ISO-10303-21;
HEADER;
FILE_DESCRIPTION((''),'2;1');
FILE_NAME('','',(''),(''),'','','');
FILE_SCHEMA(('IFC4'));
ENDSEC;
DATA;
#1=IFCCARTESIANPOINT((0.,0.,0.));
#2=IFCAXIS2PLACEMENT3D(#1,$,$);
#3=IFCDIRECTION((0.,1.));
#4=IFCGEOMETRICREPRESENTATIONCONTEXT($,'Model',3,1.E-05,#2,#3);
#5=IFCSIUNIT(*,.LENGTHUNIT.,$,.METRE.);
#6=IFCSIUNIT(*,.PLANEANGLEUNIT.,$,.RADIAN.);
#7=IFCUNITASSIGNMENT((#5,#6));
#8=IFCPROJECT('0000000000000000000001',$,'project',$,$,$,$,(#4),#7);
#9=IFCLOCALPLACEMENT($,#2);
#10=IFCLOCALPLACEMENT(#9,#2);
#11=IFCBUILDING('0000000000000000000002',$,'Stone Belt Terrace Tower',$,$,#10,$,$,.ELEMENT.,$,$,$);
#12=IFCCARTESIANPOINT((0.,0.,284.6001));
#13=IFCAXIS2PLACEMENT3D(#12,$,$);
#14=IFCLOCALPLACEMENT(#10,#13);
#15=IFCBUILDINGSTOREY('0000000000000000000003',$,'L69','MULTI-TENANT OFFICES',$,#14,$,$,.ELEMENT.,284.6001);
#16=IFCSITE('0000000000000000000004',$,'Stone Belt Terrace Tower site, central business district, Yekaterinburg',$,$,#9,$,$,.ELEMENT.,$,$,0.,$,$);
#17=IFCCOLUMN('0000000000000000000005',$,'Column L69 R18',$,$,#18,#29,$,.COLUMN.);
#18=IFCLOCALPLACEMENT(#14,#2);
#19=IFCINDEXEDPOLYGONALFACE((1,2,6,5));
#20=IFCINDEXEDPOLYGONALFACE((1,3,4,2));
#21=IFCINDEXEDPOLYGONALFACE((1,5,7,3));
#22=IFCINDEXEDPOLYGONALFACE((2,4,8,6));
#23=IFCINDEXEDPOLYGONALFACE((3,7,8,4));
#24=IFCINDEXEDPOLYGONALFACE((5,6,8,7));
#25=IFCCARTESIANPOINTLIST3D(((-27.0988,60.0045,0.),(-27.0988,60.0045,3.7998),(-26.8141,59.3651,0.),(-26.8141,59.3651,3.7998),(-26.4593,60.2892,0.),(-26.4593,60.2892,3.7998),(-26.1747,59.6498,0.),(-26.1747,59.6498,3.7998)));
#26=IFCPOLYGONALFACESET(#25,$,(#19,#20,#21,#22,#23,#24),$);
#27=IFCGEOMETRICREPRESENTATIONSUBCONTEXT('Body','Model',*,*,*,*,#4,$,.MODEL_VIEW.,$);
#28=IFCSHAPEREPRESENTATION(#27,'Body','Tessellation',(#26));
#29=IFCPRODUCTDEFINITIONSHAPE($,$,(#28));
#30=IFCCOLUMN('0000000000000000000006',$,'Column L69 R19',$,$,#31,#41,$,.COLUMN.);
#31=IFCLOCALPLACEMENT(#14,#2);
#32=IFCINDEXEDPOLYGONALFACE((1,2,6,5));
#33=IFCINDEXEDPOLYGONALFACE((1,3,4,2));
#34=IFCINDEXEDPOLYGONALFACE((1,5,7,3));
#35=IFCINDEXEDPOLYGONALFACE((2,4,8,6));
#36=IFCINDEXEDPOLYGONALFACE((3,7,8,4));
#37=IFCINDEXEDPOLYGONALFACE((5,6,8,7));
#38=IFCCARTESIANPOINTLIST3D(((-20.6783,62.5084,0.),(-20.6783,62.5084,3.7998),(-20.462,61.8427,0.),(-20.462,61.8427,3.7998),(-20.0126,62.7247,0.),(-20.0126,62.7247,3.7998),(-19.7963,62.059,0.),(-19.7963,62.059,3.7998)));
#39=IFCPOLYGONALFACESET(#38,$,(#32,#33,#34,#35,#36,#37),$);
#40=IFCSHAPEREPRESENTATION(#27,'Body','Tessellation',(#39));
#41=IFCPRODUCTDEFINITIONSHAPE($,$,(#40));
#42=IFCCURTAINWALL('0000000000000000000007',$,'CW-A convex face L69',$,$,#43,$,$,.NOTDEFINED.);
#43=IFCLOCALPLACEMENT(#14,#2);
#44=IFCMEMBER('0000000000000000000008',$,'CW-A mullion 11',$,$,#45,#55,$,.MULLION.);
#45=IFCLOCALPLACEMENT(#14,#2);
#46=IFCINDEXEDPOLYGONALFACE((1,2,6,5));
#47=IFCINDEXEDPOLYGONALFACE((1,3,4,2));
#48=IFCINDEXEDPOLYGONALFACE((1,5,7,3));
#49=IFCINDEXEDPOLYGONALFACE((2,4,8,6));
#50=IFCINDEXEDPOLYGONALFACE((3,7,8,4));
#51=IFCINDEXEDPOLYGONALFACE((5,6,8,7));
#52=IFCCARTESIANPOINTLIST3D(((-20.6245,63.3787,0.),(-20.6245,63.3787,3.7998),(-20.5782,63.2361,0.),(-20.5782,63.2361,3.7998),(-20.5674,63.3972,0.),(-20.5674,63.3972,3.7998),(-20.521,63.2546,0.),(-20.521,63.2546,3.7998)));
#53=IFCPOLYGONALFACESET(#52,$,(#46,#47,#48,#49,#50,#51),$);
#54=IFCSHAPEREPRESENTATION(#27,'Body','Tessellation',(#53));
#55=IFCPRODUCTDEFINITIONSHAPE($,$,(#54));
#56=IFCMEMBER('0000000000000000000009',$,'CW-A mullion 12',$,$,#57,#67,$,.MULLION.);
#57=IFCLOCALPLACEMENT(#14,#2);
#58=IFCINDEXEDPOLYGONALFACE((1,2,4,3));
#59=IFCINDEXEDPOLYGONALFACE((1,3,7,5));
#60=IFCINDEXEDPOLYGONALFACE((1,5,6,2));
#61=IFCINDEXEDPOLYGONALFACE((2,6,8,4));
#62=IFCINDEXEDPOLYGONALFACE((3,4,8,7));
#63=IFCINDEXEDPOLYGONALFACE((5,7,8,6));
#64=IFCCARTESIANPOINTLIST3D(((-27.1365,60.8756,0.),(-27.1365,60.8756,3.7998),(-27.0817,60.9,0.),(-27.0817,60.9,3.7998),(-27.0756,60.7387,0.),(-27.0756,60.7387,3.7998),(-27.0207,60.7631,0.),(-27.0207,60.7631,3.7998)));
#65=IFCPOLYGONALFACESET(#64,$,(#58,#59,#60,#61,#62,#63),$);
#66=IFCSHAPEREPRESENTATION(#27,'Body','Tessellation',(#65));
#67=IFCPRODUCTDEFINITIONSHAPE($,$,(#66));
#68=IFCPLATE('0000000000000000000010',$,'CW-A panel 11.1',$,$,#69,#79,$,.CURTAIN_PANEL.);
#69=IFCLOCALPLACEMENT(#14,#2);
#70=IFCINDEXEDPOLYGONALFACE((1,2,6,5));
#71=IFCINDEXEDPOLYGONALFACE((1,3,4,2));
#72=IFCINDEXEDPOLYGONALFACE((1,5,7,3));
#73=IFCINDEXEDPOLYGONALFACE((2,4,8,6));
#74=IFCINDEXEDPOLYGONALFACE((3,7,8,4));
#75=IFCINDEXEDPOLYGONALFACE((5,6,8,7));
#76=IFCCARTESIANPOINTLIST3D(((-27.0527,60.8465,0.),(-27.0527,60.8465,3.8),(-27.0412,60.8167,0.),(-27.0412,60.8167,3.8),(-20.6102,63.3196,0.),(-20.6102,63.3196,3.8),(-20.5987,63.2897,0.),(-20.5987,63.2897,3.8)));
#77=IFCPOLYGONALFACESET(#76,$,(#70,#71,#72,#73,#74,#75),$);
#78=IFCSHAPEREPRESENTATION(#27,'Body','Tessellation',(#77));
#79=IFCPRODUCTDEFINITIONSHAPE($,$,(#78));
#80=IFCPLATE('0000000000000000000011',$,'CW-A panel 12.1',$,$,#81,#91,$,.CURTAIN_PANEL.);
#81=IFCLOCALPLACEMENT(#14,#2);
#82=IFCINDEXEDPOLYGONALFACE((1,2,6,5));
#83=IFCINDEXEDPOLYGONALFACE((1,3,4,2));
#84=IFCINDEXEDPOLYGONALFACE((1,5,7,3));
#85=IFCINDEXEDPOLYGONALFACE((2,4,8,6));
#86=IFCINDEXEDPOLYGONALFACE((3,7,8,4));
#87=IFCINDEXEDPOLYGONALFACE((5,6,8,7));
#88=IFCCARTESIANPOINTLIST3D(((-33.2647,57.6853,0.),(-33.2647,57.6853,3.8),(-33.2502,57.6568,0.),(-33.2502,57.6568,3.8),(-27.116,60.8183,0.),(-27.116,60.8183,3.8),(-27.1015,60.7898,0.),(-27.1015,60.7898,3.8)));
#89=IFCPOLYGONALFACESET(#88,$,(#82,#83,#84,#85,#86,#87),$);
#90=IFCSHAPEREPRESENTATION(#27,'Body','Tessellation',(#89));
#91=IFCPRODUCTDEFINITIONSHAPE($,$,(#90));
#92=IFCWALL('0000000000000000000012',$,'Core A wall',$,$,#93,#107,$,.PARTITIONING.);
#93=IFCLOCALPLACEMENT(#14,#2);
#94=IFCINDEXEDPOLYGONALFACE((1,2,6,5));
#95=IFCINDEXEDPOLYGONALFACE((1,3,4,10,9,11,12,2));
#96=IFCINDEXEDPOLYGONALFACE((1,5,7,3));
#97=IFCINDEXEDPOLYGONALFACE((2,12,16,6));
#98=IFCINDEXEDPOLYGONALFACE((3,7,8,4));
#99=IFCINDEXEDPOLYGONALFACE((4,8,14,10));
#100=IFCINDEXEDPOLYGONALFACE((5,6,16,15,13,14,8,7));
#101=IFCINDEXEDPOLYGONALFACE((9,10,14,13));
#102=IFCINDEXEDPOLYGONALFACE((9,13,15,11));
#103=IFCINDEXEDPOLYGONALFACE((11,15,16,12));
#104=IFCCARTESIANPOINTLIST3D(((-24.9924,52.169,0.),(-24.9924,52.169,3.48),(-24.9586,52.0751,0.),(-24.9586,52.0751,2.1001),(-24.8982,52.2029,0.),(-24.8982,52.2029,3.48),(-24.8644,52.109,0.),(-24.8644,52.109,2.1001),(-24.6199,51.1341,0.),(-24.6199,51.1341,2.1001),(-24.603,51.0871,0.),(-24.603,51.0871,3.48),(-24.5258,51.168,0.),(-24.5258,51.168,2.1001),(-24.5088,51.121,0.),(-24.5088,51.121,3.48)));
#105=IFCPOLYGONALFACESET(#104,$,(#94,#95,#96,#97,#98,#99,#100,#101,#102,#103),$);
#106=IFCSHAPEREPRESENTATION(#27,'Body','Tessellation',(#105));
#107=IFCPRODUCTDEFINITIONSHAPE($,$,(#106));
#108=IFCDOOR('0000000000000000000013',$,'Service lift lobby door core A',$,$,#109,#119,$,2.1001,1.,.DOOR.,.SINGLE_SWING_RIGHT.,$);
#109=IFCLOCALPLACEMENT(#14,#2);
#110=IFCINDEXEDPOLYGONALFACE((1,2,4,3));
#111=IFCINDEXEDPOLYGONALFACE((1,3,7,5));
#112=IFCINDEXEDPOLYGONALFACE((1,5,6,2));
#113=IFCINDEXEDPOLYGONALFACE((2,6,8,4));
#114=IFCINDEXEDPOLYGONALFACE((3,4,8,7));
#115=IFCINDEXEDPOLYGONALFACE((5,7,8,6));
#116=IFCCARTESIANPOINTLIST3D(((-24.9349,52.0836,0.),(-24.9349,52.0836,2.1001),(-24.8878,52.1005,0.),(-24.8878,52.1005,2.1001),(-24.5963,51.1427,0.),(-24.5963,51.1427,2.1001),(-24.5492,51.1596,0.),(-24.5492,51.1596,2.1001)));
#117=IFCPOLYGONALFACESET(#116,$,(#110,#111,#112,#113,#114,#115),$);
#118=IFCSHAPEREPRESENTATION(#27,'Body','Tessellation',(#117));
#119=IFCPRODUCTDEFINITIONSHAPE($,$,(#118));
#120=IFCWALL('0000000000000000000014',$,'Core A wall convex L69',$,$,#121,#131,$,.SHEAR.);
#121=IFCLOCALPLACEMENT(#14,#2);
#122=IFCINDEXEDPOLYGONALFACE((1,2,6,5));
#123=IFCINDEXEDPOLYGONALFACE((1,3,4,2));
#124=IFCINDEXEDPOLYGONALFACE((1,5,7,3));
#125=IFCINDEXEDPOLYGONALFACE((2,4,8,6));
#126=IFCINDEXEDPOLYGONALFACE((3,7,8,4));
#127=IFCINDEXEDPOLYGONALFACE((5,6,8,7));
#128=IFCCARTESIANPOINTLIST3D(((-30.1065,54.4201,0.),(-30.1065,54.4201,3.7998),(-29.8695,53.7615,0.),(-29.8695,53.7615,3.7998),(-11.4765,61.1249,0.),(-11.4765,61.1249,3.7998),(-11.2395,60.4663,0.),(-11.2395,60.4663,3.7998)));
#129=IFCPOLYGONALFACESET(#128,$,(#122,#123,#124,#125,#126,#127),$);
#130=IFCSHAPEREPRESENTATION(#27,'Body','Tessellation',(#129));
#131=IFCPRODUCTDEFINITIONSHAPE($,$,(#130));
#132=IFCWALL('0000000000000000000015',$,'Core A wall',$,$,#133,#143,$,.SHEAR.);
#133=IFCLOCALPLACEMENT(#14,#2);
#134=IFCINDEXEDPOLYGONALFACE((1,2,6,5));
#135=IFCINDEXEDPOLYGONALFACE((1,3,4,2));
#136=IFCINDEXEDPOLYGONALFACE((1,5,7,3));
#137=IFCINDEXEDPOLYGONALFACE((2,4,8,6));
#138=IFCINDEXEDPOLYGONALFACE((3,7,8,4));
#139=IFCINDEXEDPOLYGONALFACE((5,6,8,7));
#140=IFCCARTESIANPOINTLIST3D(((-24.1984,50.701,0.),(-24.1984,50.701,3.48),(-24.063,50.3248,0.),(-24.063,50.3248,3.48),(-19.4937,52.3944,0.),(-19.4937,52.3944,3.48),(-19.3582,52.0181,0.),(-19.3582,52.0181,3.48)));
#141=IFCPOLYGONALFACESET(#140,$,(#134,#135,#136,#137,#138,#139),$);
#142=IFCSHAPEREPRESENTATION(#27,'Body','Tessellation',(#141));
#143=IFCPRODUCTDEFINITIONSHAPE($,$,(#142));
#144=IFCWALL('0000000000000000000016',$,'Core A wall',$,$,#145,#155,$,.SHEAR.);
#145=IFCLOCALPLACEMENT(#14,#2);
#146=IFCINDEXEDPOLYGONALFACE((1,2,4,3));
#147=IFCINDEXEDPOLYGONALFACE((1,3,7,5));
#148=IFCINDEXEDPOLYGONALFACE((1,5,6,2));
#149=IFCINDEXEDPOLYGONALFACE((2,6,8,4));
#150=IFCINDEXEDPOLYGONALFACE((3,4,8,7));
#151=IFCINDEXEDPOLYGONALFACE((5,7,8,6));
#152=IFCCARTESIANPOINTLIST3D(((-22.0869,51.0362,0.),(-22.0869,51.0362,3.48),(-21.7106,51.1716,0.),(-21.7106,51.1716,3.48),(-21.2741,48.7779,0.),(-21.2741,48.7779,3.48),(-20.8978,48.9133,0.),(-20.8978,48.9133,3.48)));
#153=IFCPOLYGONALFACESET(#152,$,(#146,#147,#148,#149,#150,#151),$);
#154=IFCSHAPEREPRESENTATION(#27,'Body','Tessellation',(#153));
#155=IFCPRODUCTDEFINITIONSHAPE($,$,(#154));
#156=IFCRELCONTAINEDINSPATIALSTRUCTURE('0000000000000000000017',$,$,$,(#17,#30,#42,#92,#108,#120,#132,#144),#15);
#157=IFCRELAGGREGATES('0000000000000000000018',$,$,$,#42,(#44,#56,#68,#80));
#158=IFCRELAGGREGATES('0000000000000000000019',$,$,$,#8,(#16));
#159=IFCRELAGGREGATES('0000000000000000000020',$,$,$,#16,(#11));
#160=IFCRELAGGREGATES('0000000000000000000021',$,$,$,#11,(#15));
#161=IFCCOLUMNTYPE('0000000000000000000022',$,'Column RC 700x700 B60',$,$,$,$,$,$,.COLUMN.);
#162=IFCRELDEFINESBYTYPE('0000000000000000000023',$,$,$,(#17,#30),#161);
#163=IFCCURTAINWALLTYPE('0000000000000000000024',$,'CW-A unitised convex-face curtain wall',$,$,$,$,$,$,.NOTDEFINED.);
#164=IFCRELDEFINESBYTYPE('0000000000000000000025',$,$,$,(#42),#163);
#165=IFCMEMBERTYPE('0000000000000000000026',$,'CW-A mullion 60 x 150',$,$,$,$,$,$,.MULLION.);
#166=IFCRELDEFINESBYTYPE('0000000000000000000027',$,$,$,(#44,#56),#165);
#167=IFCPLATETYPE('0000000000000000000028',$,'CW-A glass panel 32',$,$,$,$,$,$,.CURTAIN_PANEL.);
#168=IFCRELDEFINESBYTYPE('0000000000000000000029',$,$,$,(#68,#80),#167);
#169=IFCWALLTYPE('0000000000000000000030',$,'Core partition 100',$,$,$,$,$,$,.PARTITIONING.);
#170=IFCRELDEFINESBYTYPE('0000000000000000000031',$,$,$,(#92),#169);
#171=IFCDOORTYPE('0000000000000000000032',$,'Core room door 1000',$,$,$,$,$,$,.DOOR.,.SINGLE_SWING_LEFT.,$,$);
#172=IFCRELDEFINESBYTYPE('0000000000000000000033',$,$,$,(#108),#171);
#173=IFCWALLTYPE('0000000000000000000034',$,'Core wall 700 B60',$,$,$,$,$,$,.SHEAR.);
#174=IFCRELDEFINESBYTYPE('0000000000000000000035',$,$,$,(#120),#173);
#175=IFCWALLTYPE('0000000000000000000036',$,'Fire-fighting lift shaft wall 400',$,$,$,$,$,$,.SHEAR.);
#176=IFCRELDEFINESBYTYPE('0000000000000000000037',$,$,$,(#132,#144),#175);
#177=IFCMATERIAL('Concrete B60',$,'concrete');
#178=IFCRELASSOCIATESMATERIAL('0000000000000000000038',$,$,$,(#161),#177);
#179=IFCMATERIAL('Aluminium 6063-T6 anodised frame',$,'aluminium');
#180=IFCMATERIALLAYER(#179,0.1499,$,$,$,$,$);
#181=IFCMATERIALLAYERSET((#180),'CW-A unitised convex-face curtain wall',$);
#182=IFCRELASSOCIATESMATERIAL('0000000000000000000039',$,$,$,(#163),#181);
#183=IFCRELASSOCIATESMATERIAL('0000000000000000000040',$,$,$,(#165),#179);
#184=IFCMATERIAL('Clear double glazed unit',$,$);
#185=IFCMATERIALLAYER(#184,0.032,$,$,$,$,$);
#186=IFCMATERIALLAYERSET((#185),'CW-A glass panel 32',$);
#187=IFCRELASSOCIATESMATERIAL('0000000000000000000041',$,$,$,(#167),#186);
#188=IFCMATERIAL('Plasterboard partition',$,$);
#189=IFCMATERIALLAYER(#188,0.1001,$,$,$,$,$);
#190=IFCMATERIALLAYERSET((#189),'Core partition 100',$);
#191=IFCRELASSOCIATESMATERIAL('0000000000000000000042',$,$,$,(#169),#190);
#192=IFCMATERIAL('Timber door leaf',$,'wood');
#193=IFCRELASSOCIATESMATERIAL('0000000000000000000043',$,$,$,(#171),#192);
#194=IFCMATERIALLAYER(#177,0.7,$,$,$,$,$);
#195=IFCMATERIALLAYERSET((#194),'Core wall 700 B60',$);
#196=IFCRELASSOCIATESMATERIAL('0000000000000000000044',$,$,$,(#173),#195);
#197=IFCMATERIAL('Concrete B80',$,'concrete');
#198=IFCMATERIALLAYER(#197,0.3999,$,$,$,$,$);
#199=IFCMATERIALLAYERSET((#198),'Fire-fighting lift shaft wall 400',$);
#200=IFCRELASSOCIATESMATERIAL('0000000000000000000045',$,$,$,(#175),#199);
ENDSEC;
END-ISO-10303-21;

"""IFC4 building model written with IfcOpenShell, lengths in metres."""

from ifc_helpers import new_model, si_unit, direction, frame, frame_2d, origin, origin_2d, place, context, subcontext, project, spatial, rectangle, extrude, material, layer, layer_set, material_profile, profile_set, type_object, element, fill, aggregate, save


model = new_model("IFC4")

# Units and contexts
model_context = context("Model", 3, precision=1e-05, world=origin(), true_north=direction((0.0, 1.0)))
body_context = subcontext(model_context, "Body", "Model", "MODEL_VIEW")
ifc_project = project(units=[si_unit("LENGTHUNIT", "METRE"), si_unit("PLANEANGLEUNIT", "RADIAN")], contexts=[model_context])

# Site, building, storey
site_placement = place(None, origin())
site = spatial("IfcSite", under=ifc_project, at=site_placement, Name="Stone Belt Terrace Tower site, central business district, Yekaterinburg", CompositionType="ELEMENT", RefElevation=0.0)
building_placement = place(site_placement, origin())
building = spatial("IfcBuilding", under=site, at=building_placement, Name="Stone Belt Terrace Tower", CompositionType="ELEMENT")
storey_placement = place(building_placement, frame((0.0, 0.0, 284.6001)))
storey = spatial("IfcBuildingStorey", under=building, at=storey_placement, Name="L69", Description="MULTI-TENANT OFFICES", CompositionType="ELEMENT", Elevation=284.6001)

# Columns
ifc_material_1 = material(Name="Concrete B60", Category="concrete")
ifc_material_profile_1 = material_profile(ifc_material_1, rectangle(XDim=0.7, YDim=0.7, at=origin_2d()), Name="RC 700x700")
ifc_profile_set_1 = profile_set([ifc_material_profile_1], Name="Concrete B60")
column_type = type_object("IfcColumnType", Name="Column RC 700x700 B60", PredefinedType="COLUMN", material=ifc_profile_set_1)
for number, where, z_axis, x_axis, name in (
    (1, (-26.6367, 59.8271, 0.0), (0.0, 0.0, 1.0), (0.913545, 0.406737, 0.0), "Column L69 R18"),
    (2, (-20.2373, 62.2837, 0.0), (0.0, 0.0, 1.0), (0.951057, 0.309017, 0.0), "Column L69 R19"),
):
    element("IfcColumn", number, at=place(storey_placement, frame(where, z_axis=z_axis, x_axis=x_axis)), inside=storey, type_object=column_type, Name=name, PredefinedType="COLUMN", context=body_context, shape_type="SweptSolid", body=[
        extrude(rectangle(XDim=0.7, YDim=0.7, at=origin_2d()), origin(), (0.0, 0.0, 1.0), 3.7998),
    ])

# Curtain wall, members, plates
ifc_material_2 = material(Name="Aluminium 6063-T6 anodised frame", Category="aluminium")
ifc_layer_1 = layer(ifc_material_2, 0.1499)
ifc_layer_set_1 = layer_set([ifc_layer_1], Name="CW-A unitised convex-face curtain wall")
curtain_wall_type = type_object("IfcCurtainWallType", Name="CW-A unitised convex-face curtain wall", PredefinedType="NOTDEFINED", material=ifc_layer_set_1)
curtain_wall_placement = place(storey_placement, origin())
curtain_wall = element("IfcCurtainWall", 3, at=curtain_wall_placement, inside=storey, type_object=curtain_wall_type, Name="CW-A convex face L69", PredefinedType="NOTDEFINED")
ifc_material_profile_2 = material_profile(ifc_material_2, rectangle(XDim=0.1499, YDim=0.0601, at=origin_2d()), Name="Aluminium 6063-T6 60x150")
ifc_profile_set_2 = profile_set([ifc_material_profile_2], Name="Aluminium 6063-T6 anodised frame")
member_type = type_object("IfcMemberType", Name="CW-A mullion 60 x 150", PredefinedType="MULLION", material=ifc_profile_set_2)
member_1_placement = place(storey_placement, frame((-20.5728, 63.3167, 0.0), z_axis=(0.0, 0.0, 1.0), x_axis=(0.309017, -0.951057, 0.0)))
member_1 = element("IfcMember", 4, at=member_1_placement, type_object=member_type, Name="CW-A mullion 11", PredefinedType="MULLION", context=body_context, shape_type="SweptSolid", body=[
    extrude(rectangle(XDim=0.1499, YDim=0.0601, at=origin_2d()), origin(), (0.0, 0.0, 1.0), 3.7998),
])
member_2_placement = place(storey_placement, frame((-27.0786, 60.8193, 0.0), z_axis=(0.0, 0.0, 1.0), x_axis=(0.406737, -0.913545, 0.0)))
member_2 = element("IfcMember", 5, at=member_2_placement, type_object=member_type, Name="CW-A mullion 12", PredefinedType="MULLION", context=body_context, shape_type="SweptSolid", body=[
    extrude(rectangle(XDim=0.1499, YDim=0.0601, at=origin_2d()), origin(), (0.0, 0.0, 1.0), 3.7998),
])
ifc_material_3 = material(Name="Clear double glazed unit")
ifc_layer_2 = layer(ifc_material_3, 0.032)
ifc_layer_set_2 = layer_set([ifc_layer_2], Name="CW-A glass panel 32")
plate_type = type_object("IfcPlateType", Name="CW-A glass panel 32", PredefinedType="CURTAIN_PANEL", material=ifc_layer_set_2)
plate_1_placement = place(storey_placement, frame((-23.8257, 62.0681, 0.0), z_axis=(0.0, 0.0, 1.0), x_axis=(-0.93358, -0.358368, 0.0)))
plate_1 = element("IfcPlate", 6, at=plate_1_placement, type_object=plate_type, Name="CW-A panel 11.1", PredefinedType="CURTAIN_PANEL", context=body_context, shape_type="SweptSolid", body=[
    extrude(rectangle(XDim=6.9009, YDim=0.032, at=origin_2d()), origin(), (0.0, 0.0, 1.0), 3.8),
])
plate_2_placement = place(storey_placement, frame((-30.1831, 59.2375, 0.0), z_axis=(0.0, 0.0, 1.0), x_axis=(-0.891007, -0.45399, 0.0)))
plate_2 = element("IfcPlate", 7, at=plate_2_placement, type_object=plate_type, Name="CW-A panel 12.1", PredefinedType="CURTAIN_PANEL", context=body_context, shape_type="SweptSolid", body=[
    extrude(rectangle(XDim=6.9009, YDim=0.032, at=origin_2d()), origin(), (0.0, 0.0, 1.0), 3.8),
])
aggregate(curtain_wall, [member_1, member_2, plate_1, plate_2])

# Wall, opening, door
ifc_material_4 = material(Name="Plasterboard partition")
ifc_layer_3 = layer(ifc_material_4, 0.1001)
ifc_layer_set_3 = layer_set([ifc_layer_3], Name="Core partition 100")
wall_type_1 = type_object("IfcWallType", Name="Core partition 100", PredefinedType="PARTITIONING", material=ifc_layer_set_3)
wall_1_placement = place(storey_placement, frame((-24.5559, 51.104, 0.0), z_axis=(0.0, 0.0, 1.0), x_axis=(-0.338622, 0.940923, 0.0)))
wall_1 = element("IfcWall", 8, at=wall_1_placement, inside=storey, type_object=wall_type_1, Name="Core A wall", PredefinedType="PARTITIONING", context=body_context, shape_type="SweptSolid", body=[
    extrude(rectangle(XDim=1.1499, YDim=0.1001, at=frame_2d((0.575, 0.0))), origin(), (0.0, 0.0, 1.0), 3.48),
])
opening_1_placement = place(wall_1_placement, frame((0.05, 0.0, 0.0)))
opening_1 = element("IfcOpeningElement", 9, at=opening_1_placement, cuts=wall_1, PredefinedType="OPENING", context=body_context, shape_type="SweptSolid", body=[
    extrude(rectangle(XDim=1.0, YDim=2.1001, at=frame_2d((0.5, 1.05))), frame((0.0, 0.0601, 0.0), z_axis=(0.0, -1.0, 0.0), x_axis=(1.0, 0.0, 0.0)), (0.0, 0.0, 1.0), 0.1201),
])
ifc_material_5 = material(Name="Timber door leaf", Category="wood")
door_type_1 = type_object("IfcDoorType", Name="Core room door 1000", OperationType="SINGLE_SWING_LEFT", PredefinedType="DOOR", material=ifc_material_5)
door_1_placement = place(opening_1_placement, origin())
door_1 = element("IfcDoor", 10, at=door_1_placement, inside=storey, type_object=door_type_1, Name="Service lift lobby door core A", OperationType="SINGLE_SWING_RIGHT", OverallHeight=2.1001, OverallWidth=1.0, PredefinedType="DOOR", context=body_context, shape_type="SweptSolid", body=[
    extrude(rectangle(XDim=1.0, YDim=2.1001, at=frame_2d((0.5, 1.05))), frame((0.0, 0.0249, 0.0), z_axis=(0.0, -1.0, 0.0), x_axis=(1.0, 0.0, 0.0)), (0.0, 0.0, 1.0), 0.05),
])
fill(opening_1, door_1)

# Walls
ifc_layer_4 = layer(ifc_material_1, 0.7)
ifc_layer_set_4 = layer_set([ifc_layer_4], Name="Core wall 700 B60")
wall_type_2 = type_object("IfcWallType", Name="Core wall 700 B60", PredefinedType="SHEAR", material=ifc_layer_set_4)
wall_2_placement = place(storey_placement, frame((-29.988, 54.0908, 0.0), z_axis=(0.0, 0.0, 1.0), x_axis=(0.94092, 0.33863, 0.0)))
element("IfcWall", 11, at=wall_2_placement, inside=storey, type_object=wall_type_2, Name="Core A wall convex L69", PredefinedType="SHEAR", context=body_context, shape_type="SweptSolid", body=[
    extrude(rectangle(XDim=19.7998, YDim=0.7, at=frame_2d((9.8999, 0.0))), origin(), (0.0, 0.0, 1.0), 3.7998),
])
ifc_material_6 = material(Name="Concrete B80", Category="concrete")
ifc_layer_5 = layer(ifc_material_6, 0.3999)
ifc_layer_set_5 = layer_set([ifc_layer_5], Name="Fire-fighting lift shaft wall 400")
wall_type_3 = type_object("IfcWallType", Name="Fire-fighting lift shaft wall 400", PredefinedType="SHEAR", material=ifc_layer_set_5)
wall_3_placement = place(storey_placement, frame((-24.1306, 50.5129, 0.0), z_axis=(0.0, 0.0, 1.0), x_axis=(0.940912, 0.338652, 0.0)))
element("IfcWall", 12, at=wall_3_placement, inside=storey, type_object=wall_type_3, Name="Core A wall", PredefinedType="SHEAR", context=body_context, shape_type="SweptSolid", body=[
    extrude(rectangle(XDim=5.0002, YDim=0.3999, at=frame_2d((2.5, 0.0))), origin(), (0.0, 0.0, 1.0), 3.48),
])
wall_4_placement = place(storey_placement, frame((-21.0859, 48.8455, 0.0), z_axis=(0.0, 0.0, 1.0), x_axis=(-0.338629, 0.94092, 0.0)))
element("IfcWall", 13, at=wall_4_placement, inside=storey, type_object=wall_type_3, Name="Core A wall", PredefinedType="SHEAR", context=body_context, shape_type="SweptSolid", body=[
    extrude(rectangle(XDim=2.4001, YDim=0.3999, at=frame_2d((1.2002, 0.0))), origin(), (0.0, 0.0, 1.0), 3.48),
])

save(model, "model.ifc")
